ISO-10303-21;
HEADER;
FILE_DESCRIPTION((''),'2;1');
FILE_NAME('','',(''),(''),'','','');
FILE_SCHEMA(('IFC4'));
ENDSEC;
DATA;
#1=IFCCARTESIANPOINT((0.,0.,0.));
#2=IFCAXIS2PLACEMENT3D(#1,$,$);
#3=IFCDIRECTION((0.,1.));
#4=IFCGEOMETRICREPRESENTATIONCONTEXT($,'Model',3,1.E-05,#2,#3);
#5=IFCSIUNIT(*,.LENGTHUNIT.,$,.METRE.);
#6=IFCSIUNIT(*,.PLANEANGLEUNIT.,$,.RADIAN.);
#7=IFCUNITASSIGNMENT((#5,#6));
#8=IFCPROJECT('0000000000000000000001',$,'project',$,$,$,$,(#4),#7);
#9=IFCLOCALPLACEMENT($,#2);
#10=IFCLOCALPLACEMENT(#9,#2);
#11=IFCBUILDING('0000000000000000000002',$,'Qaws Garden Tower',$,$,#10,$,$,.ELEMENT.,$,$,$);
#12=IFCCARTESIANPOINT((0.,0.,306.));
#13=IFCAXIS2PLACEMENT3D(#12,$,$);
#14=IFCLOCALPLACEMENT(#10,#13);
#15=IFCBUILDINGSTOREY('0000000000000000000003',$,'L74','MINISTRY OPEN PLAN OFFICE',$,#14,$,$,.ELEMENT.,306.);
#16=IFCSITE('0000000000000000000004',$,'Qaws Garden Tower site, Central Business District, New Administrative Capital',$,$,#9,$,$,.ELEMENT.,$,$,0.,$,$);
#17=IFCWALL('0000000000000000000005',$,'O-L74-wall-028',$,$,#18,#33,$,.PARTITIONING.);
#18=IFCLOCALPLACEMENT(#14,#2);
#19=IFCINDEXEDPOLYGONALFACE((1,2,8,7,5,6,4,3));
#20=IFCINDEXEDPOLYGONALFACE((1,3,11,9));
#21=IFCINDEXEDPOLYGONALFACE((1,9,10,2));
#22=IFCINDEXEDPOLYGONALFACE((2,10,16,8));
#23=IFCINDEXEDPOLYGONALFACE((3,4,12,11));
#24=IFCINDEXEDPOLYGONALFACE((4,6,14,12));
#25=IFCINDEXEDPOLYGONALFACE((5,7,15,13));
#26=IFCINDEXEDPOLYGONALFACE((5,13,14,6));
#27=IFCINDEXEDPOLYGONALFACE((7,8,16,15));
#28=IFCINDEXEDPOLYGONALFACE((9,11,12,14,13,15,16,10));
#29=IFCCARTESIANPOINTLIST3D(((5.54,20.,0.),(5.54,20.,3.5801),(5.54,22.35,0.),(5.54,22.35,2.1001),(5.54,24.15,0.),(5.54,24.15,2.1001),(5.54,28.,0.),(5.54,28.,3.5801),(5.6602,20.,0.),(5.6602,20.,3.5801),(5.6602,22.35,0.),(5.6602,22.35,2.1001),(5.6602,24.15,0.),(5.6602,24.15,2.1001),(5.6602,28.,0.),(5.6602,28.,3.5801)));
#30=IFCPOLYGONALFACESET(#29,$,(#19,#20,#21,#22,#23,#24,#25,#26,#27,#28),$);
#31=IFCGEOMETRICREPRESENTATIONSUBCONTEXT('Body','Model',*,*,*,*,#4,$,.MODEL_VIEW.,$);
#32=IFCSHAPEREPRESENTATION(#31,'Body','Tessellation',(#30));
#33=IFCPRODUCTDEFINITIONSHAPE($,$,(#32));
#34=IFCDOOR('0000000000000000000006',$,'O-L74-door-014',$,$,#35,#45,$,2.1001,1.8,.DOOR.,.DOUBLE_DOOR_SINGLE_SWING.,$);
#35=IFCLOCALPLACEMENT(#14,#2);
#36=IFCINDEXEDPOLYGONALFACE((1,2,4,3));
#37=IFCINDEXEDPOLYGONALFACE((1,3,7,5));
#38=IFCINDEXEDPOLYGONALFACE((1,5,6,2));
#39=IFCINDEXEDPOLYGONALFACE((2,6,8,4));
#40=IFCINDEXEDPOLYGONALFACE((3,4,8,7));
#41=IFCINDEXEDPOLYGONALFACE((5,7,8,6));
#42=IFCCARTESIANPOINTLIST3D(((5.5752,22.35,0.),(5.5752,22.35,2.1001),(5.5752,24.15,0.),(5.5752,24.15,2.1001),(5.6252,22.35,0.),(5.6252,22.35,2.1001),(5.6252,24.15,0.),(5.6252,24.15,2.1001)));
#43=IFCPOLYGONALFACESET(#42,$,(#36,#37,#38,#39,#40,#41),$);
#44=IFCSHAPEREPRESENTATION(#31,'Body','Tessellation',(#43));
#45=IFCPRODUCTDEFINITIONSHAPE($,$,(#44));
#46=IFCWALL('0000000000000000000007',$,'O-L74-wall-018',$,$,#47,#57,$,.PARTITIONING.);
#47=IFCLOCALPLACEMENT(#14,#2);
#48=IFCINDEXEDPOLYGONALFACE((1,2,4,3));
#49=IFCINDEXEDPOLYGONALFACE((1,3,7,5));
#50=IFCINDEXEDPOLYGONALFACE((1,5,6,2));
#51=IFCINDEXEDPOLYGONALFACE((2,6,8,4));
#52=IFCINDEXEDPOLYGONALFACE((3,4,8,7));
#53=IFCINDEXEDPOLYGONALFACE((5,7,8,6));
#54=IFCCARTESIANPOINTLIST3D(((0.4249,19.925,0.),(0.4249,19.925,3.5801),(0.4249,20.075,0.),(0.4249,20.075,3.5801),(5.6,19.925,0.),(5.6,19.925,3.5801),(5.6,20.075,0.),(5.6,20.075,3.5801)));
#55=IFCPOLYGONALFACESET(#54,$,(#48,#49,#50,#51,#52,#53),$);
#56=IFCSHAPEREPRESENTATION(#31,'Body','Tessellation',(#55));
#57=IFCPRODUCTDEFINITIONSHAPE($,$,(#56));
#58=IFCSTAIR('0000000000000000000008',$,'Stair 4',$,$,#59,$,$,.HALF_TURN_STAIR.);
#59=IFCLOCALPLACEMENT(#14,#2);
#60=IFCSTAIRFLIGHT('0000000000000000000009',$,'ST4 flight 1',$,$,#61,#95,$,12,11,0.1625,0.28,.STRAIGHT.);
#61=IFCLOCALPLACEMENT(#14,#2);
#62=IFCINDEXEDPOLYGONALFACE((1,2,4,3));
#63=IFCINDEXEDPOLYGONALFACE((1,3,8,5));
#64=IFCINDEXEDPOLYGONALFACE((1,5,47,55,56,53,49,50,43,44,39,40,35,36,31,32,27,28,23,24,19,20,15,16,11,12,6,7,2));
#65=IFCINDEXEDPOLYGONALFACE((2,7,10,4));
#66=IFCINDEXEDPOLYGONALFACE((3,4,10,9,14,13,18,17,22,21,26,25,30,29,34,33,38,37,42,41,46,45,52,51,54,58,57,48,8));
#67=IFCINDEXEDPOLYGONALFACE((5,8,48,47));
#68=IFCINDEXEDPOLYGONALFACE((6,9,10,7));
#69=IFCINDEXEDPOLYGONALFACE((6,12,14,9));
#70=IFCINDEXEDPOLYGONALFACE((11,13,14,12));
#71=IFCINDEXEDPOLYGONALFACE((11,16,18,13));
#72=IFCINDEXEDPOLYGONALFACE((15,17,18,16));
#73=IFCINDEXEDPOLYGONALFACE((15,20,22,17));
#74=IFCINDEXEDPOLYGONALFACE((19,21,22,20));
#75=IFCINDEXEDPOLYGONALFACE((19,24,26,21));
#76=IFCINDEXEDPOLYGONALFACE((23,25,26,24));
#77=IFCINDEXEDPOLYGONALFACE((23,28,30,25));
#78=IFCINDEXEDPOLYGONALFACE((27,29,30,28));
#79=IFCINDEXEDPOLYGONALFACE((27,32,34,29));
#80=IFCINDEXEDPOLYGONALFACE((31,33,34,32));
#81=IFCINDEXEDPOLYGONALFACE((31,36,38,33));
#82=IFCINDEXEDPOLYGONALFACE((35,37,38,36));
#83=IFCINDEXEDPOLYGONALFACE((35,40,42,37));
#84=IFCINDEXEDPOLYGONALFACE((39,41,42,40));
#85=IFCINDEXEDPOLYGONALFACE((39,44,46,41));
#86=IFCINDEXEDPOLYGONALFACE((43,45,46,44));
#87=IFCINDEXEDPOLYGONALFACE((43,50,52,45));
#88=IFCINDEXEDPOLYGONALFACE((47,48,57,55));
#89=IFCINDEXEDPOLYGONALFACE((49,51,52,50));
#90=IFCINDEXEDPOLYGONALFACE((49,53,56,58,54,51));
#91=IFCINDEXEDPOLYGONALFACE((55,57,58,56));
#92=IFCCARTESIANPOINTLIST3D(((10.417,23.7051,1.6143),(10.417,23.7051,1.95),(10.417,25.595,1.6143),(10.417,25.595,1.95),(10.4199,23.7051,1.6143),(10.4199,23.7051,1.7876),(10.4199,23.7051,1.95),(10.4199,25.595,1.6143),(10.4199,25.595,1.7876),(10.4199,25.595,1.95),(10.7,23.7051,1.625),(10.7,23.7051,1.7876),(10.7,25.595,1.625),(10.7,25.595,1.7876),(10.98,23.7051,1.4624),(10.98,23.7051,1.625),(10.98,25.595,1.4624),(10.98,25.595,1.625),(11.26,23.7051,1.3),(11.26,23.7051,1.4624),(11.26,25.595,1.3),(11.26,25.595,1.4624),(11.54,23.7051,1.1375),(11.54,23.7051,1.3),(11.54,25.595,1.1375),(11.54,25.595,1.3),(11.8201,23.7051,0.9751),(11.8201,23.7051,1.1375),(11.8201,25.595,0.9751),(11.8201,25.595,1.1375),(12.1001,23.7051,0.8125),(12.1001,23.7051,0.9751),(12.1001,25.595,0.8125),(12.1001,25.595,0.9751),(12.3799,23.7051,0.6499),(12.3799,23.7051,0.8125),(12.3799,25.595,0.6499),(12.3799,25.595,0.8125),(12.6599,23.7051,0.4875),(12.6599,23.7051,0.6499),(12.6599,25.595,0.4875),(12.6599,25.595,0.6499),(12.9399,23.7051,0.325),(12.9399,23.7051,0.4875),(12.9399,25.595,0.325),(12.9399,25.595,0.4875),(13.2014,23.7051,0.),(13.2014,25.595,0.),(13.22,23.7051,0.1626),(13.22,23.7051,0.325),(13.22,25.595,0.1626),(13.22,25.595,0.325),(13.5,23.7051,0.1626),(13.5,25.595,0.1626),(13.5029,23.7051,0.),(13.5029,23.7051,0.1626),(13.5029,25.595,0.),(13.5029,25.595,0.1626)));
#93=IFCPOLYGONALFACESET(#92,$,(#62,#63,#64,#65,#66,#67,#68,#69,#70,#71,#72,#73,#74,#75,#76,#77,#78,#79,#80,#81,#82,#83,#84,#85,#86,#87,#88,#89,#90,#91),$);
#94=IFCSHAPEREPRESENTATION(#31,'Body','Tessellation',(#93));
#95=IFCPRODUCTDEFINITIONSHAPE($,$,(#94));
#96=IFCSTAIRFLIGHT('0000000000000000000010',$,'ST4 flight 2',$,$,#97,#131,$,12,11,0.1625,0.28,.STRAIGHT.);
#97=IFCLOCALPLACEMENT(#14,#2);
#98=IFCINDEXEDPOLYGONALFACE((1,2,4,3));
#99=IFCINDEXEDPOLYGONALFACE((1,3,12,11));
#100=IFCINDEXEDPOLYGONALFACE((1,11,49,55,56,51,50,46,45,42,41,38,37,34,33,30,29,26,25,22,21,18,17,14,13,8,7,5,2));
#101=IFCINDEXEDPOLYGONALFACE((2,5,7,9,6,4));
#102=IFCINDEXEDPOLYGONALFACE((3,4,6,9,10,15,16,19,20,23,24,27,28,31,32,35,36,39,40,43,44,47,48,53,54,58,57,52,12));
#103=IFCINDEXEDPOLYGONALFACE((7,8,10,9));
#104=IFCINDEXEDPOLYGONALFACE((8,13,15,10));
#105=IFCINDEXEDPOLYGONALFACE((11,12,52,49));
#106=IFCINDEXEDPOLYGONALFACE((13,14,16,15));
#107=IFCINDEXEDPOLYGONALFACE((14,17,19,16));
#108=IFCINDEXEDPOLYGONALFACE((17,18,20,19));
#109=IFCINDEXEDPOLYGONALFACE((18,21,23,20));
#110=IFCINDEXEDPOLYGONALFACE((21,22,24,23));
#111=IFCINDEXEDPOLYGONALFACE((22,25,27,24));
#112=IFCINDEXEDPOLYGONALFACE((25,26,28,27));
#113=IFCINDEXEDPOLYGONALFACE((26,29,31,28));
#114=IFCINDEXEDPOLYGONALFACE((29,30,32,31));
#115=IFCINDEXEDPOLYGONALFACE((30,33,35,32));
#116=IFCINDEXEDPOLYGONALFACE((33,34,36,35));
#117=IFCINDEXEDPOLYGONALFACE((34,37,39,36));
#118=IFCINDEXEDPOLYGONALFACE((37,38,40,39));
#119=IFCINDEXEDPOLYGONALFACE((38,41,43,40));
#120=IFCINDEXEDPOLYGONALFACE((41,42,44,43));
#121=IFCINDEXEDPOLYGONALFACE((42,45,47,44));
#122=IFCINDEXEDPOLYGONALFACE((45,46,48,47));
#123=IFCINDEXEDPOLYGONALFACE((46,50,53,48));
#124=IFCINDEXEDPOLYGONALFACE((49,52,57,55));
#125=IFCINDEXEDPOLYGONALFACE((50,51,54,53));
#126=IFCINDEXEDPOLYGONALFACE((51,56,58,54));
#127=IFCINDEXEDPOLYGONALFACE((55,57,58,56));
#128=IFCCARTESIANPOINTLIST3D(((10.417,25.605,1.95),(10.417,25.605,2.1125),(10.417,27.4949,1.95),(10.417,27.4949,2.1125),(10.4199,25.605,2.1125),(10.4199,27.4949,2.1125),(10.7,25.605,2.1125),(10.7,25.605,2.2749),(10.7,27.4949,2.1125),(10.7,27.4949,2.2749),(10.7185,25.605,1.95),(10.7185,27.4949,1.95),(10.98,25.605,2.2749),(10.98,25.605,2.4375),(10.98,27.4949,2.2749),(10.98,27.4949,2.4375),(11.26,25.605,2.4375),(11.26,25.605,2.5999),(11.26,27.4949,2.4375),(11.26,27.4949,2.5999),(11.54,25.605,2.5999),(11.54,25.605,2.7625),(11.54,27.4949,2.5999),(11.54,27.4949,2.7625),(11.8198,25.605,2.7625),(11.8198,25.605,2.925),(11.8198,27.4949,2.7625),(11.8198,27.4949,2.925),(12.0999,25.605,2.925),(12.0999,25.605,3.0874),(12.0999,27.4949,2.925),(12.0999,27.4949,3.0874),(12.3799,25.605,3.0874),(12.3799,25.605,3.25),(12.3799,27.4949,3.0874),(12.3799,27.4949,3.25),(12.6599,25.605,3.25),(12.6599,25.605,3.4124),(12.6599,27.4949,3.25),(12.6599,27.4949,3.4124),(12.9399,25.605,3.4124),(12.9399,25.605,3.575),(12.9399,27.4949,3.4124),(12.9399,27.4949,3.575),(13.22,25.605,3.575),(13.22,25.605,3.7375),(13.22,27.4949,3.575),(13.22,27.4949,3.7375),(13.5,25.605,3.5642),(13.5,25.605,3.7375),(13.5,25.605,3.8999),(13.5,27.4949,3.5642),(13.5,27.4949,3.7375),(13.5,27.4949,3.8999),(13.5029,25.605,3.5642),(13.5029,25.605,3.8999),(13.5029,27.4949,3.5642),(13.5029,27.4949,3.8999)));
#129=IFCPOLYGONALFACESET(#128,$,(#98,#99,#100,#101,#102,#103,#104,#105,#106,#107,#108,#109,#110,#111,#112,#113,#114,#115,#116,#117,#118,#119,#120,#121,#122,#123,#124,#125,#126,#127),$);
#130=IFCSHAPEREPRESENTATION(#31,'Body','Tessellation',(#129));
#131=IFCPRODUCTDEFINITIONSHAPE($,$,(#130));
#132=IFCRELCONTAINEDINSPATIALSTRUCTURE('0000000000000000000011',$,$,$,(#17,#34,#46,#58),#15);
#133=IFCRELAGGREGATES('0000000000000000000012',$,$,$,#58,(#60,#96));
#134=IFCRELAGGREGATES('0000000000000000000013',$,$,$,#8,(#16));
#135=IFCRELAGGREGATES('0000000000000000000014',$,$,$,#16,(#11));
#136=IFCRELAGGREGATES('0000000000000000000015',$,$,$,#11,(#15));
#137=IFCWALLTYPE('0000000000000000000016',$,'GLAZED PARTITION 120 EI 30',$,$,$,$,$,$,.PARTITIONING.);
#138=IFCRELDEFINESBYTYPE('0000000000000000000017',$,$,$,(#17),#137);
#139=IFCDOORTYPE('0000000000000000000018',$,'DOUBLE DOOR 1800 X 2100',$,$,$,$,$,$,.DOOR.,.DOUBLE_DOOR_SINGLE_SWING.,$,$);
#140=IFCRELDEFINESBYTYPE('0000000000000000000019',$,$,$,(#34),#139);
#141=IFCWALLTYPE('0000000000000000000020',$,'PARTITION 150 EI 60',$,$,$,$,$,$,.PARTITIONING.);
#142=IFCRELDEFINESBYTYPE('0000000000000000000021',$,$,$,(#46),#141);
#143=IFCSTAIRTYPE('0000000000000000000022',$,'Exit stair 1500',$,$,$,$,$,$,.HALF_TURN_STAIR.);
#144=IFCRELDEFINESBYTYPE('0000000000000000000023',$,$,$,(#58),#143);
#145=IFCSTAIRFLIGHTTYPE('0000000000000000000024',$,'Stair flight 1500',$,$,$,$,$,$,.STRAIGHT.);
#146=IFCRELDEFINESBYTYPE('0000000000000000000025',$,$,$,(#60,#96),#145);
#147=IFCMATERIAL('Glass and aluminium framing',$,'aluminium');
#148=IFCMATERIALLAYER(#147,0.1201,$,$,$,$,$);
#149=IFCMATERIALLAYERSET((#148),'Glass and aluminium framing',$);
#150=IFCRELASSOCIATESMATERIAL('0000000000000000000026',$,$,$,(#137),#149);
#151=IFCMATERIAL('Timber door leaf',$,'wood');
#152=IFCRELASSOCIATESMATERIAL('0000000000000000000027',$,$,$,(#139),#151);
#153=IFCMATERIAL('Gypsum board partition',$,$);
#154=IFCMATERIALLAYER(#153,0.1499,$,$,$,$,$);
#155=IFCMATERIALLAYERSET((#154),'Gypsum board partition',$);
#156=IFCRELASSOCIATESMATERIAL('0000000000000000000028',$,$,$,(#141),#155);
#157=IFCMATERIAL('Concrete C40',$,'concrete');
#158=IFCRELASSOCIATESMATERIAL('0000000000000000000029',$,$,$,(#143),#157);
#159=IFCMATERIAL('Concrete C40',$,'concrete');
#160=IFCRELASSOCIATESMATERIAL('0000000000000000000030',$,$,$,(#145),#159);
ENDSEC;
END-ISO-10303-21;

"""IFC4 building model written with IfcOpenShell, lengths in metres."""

from ifc_helpers import new_model, si_unit, direction, frame, frame_2d, origin, place, context, subcontext, project, spatial, polyline, rectangle, outline, extrude, material, layer, layer_set, type_object, element, fill, aggregate, save


model = new_model("IFC4")

# Units and contexts
model_context = context("Model", 3, precision=1e-05, world=origin(), true_north=direction((0.0, 1.0)))
body_context = subcontext(model_context, "Body", "Model", "MODEL_VIEW")
ifc_project = project(units=[si_unit("LENGTHUNIT", "METRE"), si_unit("PLANEANGLEUNIT", "RADIAN")], contexts=[model_context])

# Site, building, storey
site_placement = place(None, origin())
site = spatial("IfcSite", under=ifc_project, at=site_placement, Name="Qaws Garden Tower site, Central Business District, New Administrative Capital", CompositionType="ELEMENT", RefElevation=0.0)
building_placement = place(site_placement, origin())
building = spatial("IfcBuilding", under=site, at=building_placement, Name="Qaws Garden Tower", CompositionType="ELEMENT")
storey_placement = place(building_placement, frame((0.0, 0.0, 306.0)))
storey = spatial("IfcBuildingStorey", under=building, at=storey_placement, Name="L74", Description="MINISTRY OPEN PLAN OFFICE", CompositionType="ELEMENT", Elevation=306.0)

# Wall, opening, door
ifc_material_1 = material(Name="Glass and aluminium framing", Category="aluminium")
ifc_layer_1 = layer(ifc_material_1, 0.1201)
ifc_layer_set_1 = layer_set([ifc_layer_1], Name="Glass and aluminium framing")
wall_type_1 = type_object("IfcWallType", Name="GLAZED PARTITION 120 EI 30", PredefinedType="PARTITIONING", material=ifc_layer_set_1)
wall_1_placement = place(storey_placement, frame((5.6001, 20.0, 0.0), z_axis=(0.0, 0.0, 1.0), x_axis=(0.0, 1.0, 0.0)))
wall_1 = element("IfcWall", 1, at=wall_1_placement, inside=storey, type_object=wall_type_1, Name="O-L74-wall-028", PredefinedType="PARTITIONING", context=body_context, shape_type="SweptSolid", body=[
    extrude(rectangle(XDim=8.0, YDim=0.1201, at=frame_2d((4.0, 0.0))), origin(), (0.0, 0.0, 1.0), 3.5801),
])
opening_1_placement = place(wall_1_placement, frame((2.3501, 0.0, 0.0)))
opening_1 = element("IfcOpeningElement", 2, at=opening_1_placement, cuts=wall_1, PredefinedType="OPENING", context=body_context, shape_type="SweptSolid", body=[
    extrude(rectangle(XDim=1.8, YDim=2.1001, at=frame_2d((0.8999, 1.05))), frame((0.0, 0.0701, 0.0), z_axis=(0.0, -1.0, 0.0), x_axis=(1.0, 0.0, 0.0)), (0.0, 0.0, 1.0), 0.1401),
])
ifc_material_2 = material(Name="Timber door leaf", Category="wood")
door_type_1 = type_object("IfcDoorType", Name="DOUBLE DOOR 1800 X 2100", OperationType="DOUBLE_DOOR_SINGLE_SWING", PredefinedType="DOOR", material=ifc_material_2)
door_1_placement = place(opening_1_placement, origin())
door_1 = element("IfcDoor", 3, at=door_1_placement, inside=storey, type_object=door_type_1, Name="O-L74-door-014", OperationType="DOUBLE_DOOR_SINGLE_SWING", OverallHeight=2.1001, OverallWidth=1.8, PredefinedType="DOOR", context=body_context, shape_type="SweptSolid", body=[
    extrude(rectangle(XDim=1.8, YDim=2.1001, at=frame_2d((0.8999, 1.05))), frame((0.0, 0.0249, 0.0), z_axis=(0.0, -1.0, 0.0), x_axis=(1.0, 0.0, 0.0)), (0.0, 0.0, 1.0), 0.05),
])
fill(opening_1, door_1)

# Wall
ifc_material_3 = material(Name="Gypsum board partition")
ifc_layer_2 = layer(ifc_material_3, 0.1499)
ifc_layer_set_2 = layer_set([ifc_layer_2], Name="Gypsum board partition")
wall_type_2 = type_object("IfcWallType", Name="PARTITION 150 EI 60", PredefinedType="PARTITIONING", material=ifc_layer_set_2)
wall_2_placement = place(storey_placement, frame((0.425, 20.0, 0.0), z_axis=(0.0, 0.0, 1.0), x_axis=(1.0, 0.0, 0.0)))
element("IfcWall", 4, at=wall_2_placement, inside=storey, type_object=wall_type_2, Name="O-L74-wall-018", PredefinedType="PARTITIONING", context=body_context, shape_type="SweptSolid", body=[
    extrude(rectangle(XDim=5.175, YDim=0.1499, at=frame_2d((2.5874, 0.0))), origin(), (0.0, 0.0, 1.0), 3.5801),
])

# Stair, stair flights
ifc_material_4 = material(Name="Concrete C40", Category="concrete")
stair_type = type_object("IfcStairType", Name="Exit stair 1500", PredefinedType="HALF_TURN_STAIR", material=ifc_material_4)
stair_placement = place(storey_placement, origin())
stair = element("IfcStair", 5, at=stair_placement, inside=storey, type_object=stair_type, Name="Stair 4", PredefinedType="HALF_TURN_STAIR")
ifc_material_5 = material(Name="Concrete C40", Category="concrete")
stair_flight_type = type_object("IfcStairFlightType", Name="Stair flight 1500", PredefinedType="STRAIGHT", material=ifc_material_5)
stair_flight_1_placement = place(storey_placement, frame((13.5, 24.6499, 0.0), z_axis=(0.0, 0.0, 1.0), x_axis=(-1.0, 0.0, 0.0)))
stair_flight_1 = element("IfcStairFlight", 6, at=stair_flight_1_placement, type_object=stair_flight_type, Name="ST4 flight 1", NumberOfRisers=12, NumberOfTreads=11, PredefinedType="STRAIGHT", RiserHeight=0.1625, TreadLength=0.28, context=body_context, shape_type="SweptSolid", body=[
    extrude(outline(polyline([(-0.0029, 0.0), (-0.0029, 0.1626), (0.0, 0.1626), (0.28, 0.1626), (0.28, 0.325), (0.5601, 0.325), (0.5601, 0.4875), (0.8401, 0.4875), (0.8401, 0.6499), (1.1201, 0.6499), (1.1201, 0.8125), (1.3999, 0.8125), (1.3999, 0.9751), (1.6799, 0.9751), (1.6799, 1.1375), (1.96, 1.1375), (1.96, 1.3), (2.24, 1.3), (2.24, 1.4624), (2.52, 1.4624), (2.52, 1.625), (2.8, 1.625), (2.8, 1.7876), (3.0801, 1.7876), (3.0801, 1.95), (3.083, 1.95), (3.083, 1.6143), (3.0801, 1.6143), (0.2986, 0.0), (-0.0029, 0.0)])), frame((0.0, 0.9448, 0.0), z_axis=(0.0, -1.0, 0.0), x_axis=(1.0, 0.0, 0.0)), (0.0, 0.0, 1.0), 1.8899),
])
stair_flight_2_placement = place(storey_placement, frame((10.4199, 26.55, 1.95), z_axis=(0.0, 0.0, 1.0), x_axis=(1.0, 0.0, 0.0)))
stair_flight_2 = element("IfcStairFlight", 7, at=stair_flight_2_placement, type_object=stair_flight_type, Name="ST4 flight 2", NumberOfRisers=12, NumberOfTreads=11, PredefinedType="STRAIGHT", RiserHeight=0.1625, TreadLength=0.28, context=body_context, shape_type="SweptSolid", body=[
    extrude(outline(polyline([(-0.0029, 0.0), (-0.0029, 0.1626), (0.0, 0.1626), (0.28, 0.1626), (0.28, 0.325), (0.5601, 0.325), (0.5601, 0.4875), (0.8401, 0.4875), (0.8401, 0.6499), (1.1201, 0.6499), (1.1201, 0.8125), (1.3999, 0.8125), (1.3999, 0.9751), (1.6799, 0.9751), (1.6799, 1.1375), (1.96, 1.1375), (1.96, 1.3), (2.24, 1.3), (2.24, 1.4624), (2.52, 1.4624), (2.52, 1.625), (2.8, 1.625), (2.8, 1.7876), (3.0801, 1.7876), (3.0801, 1.95), (3.083, 1.95), (3.083, 1.6143), (3.0801, 1.6143), (0.2986, 0.0), (-0.0029, 0.0)])), frame((0.0, 0.9448, 0.0), z_axis=(0.0, -1.0, 0.0), x_axis=(1.0, 0.0, 0.0)), (0.0, 0.0, 1.0), 1.8899),
])
aggregate(stair, [stair_flight_1, stair_flight_2])

save(model, "model.ifc")
